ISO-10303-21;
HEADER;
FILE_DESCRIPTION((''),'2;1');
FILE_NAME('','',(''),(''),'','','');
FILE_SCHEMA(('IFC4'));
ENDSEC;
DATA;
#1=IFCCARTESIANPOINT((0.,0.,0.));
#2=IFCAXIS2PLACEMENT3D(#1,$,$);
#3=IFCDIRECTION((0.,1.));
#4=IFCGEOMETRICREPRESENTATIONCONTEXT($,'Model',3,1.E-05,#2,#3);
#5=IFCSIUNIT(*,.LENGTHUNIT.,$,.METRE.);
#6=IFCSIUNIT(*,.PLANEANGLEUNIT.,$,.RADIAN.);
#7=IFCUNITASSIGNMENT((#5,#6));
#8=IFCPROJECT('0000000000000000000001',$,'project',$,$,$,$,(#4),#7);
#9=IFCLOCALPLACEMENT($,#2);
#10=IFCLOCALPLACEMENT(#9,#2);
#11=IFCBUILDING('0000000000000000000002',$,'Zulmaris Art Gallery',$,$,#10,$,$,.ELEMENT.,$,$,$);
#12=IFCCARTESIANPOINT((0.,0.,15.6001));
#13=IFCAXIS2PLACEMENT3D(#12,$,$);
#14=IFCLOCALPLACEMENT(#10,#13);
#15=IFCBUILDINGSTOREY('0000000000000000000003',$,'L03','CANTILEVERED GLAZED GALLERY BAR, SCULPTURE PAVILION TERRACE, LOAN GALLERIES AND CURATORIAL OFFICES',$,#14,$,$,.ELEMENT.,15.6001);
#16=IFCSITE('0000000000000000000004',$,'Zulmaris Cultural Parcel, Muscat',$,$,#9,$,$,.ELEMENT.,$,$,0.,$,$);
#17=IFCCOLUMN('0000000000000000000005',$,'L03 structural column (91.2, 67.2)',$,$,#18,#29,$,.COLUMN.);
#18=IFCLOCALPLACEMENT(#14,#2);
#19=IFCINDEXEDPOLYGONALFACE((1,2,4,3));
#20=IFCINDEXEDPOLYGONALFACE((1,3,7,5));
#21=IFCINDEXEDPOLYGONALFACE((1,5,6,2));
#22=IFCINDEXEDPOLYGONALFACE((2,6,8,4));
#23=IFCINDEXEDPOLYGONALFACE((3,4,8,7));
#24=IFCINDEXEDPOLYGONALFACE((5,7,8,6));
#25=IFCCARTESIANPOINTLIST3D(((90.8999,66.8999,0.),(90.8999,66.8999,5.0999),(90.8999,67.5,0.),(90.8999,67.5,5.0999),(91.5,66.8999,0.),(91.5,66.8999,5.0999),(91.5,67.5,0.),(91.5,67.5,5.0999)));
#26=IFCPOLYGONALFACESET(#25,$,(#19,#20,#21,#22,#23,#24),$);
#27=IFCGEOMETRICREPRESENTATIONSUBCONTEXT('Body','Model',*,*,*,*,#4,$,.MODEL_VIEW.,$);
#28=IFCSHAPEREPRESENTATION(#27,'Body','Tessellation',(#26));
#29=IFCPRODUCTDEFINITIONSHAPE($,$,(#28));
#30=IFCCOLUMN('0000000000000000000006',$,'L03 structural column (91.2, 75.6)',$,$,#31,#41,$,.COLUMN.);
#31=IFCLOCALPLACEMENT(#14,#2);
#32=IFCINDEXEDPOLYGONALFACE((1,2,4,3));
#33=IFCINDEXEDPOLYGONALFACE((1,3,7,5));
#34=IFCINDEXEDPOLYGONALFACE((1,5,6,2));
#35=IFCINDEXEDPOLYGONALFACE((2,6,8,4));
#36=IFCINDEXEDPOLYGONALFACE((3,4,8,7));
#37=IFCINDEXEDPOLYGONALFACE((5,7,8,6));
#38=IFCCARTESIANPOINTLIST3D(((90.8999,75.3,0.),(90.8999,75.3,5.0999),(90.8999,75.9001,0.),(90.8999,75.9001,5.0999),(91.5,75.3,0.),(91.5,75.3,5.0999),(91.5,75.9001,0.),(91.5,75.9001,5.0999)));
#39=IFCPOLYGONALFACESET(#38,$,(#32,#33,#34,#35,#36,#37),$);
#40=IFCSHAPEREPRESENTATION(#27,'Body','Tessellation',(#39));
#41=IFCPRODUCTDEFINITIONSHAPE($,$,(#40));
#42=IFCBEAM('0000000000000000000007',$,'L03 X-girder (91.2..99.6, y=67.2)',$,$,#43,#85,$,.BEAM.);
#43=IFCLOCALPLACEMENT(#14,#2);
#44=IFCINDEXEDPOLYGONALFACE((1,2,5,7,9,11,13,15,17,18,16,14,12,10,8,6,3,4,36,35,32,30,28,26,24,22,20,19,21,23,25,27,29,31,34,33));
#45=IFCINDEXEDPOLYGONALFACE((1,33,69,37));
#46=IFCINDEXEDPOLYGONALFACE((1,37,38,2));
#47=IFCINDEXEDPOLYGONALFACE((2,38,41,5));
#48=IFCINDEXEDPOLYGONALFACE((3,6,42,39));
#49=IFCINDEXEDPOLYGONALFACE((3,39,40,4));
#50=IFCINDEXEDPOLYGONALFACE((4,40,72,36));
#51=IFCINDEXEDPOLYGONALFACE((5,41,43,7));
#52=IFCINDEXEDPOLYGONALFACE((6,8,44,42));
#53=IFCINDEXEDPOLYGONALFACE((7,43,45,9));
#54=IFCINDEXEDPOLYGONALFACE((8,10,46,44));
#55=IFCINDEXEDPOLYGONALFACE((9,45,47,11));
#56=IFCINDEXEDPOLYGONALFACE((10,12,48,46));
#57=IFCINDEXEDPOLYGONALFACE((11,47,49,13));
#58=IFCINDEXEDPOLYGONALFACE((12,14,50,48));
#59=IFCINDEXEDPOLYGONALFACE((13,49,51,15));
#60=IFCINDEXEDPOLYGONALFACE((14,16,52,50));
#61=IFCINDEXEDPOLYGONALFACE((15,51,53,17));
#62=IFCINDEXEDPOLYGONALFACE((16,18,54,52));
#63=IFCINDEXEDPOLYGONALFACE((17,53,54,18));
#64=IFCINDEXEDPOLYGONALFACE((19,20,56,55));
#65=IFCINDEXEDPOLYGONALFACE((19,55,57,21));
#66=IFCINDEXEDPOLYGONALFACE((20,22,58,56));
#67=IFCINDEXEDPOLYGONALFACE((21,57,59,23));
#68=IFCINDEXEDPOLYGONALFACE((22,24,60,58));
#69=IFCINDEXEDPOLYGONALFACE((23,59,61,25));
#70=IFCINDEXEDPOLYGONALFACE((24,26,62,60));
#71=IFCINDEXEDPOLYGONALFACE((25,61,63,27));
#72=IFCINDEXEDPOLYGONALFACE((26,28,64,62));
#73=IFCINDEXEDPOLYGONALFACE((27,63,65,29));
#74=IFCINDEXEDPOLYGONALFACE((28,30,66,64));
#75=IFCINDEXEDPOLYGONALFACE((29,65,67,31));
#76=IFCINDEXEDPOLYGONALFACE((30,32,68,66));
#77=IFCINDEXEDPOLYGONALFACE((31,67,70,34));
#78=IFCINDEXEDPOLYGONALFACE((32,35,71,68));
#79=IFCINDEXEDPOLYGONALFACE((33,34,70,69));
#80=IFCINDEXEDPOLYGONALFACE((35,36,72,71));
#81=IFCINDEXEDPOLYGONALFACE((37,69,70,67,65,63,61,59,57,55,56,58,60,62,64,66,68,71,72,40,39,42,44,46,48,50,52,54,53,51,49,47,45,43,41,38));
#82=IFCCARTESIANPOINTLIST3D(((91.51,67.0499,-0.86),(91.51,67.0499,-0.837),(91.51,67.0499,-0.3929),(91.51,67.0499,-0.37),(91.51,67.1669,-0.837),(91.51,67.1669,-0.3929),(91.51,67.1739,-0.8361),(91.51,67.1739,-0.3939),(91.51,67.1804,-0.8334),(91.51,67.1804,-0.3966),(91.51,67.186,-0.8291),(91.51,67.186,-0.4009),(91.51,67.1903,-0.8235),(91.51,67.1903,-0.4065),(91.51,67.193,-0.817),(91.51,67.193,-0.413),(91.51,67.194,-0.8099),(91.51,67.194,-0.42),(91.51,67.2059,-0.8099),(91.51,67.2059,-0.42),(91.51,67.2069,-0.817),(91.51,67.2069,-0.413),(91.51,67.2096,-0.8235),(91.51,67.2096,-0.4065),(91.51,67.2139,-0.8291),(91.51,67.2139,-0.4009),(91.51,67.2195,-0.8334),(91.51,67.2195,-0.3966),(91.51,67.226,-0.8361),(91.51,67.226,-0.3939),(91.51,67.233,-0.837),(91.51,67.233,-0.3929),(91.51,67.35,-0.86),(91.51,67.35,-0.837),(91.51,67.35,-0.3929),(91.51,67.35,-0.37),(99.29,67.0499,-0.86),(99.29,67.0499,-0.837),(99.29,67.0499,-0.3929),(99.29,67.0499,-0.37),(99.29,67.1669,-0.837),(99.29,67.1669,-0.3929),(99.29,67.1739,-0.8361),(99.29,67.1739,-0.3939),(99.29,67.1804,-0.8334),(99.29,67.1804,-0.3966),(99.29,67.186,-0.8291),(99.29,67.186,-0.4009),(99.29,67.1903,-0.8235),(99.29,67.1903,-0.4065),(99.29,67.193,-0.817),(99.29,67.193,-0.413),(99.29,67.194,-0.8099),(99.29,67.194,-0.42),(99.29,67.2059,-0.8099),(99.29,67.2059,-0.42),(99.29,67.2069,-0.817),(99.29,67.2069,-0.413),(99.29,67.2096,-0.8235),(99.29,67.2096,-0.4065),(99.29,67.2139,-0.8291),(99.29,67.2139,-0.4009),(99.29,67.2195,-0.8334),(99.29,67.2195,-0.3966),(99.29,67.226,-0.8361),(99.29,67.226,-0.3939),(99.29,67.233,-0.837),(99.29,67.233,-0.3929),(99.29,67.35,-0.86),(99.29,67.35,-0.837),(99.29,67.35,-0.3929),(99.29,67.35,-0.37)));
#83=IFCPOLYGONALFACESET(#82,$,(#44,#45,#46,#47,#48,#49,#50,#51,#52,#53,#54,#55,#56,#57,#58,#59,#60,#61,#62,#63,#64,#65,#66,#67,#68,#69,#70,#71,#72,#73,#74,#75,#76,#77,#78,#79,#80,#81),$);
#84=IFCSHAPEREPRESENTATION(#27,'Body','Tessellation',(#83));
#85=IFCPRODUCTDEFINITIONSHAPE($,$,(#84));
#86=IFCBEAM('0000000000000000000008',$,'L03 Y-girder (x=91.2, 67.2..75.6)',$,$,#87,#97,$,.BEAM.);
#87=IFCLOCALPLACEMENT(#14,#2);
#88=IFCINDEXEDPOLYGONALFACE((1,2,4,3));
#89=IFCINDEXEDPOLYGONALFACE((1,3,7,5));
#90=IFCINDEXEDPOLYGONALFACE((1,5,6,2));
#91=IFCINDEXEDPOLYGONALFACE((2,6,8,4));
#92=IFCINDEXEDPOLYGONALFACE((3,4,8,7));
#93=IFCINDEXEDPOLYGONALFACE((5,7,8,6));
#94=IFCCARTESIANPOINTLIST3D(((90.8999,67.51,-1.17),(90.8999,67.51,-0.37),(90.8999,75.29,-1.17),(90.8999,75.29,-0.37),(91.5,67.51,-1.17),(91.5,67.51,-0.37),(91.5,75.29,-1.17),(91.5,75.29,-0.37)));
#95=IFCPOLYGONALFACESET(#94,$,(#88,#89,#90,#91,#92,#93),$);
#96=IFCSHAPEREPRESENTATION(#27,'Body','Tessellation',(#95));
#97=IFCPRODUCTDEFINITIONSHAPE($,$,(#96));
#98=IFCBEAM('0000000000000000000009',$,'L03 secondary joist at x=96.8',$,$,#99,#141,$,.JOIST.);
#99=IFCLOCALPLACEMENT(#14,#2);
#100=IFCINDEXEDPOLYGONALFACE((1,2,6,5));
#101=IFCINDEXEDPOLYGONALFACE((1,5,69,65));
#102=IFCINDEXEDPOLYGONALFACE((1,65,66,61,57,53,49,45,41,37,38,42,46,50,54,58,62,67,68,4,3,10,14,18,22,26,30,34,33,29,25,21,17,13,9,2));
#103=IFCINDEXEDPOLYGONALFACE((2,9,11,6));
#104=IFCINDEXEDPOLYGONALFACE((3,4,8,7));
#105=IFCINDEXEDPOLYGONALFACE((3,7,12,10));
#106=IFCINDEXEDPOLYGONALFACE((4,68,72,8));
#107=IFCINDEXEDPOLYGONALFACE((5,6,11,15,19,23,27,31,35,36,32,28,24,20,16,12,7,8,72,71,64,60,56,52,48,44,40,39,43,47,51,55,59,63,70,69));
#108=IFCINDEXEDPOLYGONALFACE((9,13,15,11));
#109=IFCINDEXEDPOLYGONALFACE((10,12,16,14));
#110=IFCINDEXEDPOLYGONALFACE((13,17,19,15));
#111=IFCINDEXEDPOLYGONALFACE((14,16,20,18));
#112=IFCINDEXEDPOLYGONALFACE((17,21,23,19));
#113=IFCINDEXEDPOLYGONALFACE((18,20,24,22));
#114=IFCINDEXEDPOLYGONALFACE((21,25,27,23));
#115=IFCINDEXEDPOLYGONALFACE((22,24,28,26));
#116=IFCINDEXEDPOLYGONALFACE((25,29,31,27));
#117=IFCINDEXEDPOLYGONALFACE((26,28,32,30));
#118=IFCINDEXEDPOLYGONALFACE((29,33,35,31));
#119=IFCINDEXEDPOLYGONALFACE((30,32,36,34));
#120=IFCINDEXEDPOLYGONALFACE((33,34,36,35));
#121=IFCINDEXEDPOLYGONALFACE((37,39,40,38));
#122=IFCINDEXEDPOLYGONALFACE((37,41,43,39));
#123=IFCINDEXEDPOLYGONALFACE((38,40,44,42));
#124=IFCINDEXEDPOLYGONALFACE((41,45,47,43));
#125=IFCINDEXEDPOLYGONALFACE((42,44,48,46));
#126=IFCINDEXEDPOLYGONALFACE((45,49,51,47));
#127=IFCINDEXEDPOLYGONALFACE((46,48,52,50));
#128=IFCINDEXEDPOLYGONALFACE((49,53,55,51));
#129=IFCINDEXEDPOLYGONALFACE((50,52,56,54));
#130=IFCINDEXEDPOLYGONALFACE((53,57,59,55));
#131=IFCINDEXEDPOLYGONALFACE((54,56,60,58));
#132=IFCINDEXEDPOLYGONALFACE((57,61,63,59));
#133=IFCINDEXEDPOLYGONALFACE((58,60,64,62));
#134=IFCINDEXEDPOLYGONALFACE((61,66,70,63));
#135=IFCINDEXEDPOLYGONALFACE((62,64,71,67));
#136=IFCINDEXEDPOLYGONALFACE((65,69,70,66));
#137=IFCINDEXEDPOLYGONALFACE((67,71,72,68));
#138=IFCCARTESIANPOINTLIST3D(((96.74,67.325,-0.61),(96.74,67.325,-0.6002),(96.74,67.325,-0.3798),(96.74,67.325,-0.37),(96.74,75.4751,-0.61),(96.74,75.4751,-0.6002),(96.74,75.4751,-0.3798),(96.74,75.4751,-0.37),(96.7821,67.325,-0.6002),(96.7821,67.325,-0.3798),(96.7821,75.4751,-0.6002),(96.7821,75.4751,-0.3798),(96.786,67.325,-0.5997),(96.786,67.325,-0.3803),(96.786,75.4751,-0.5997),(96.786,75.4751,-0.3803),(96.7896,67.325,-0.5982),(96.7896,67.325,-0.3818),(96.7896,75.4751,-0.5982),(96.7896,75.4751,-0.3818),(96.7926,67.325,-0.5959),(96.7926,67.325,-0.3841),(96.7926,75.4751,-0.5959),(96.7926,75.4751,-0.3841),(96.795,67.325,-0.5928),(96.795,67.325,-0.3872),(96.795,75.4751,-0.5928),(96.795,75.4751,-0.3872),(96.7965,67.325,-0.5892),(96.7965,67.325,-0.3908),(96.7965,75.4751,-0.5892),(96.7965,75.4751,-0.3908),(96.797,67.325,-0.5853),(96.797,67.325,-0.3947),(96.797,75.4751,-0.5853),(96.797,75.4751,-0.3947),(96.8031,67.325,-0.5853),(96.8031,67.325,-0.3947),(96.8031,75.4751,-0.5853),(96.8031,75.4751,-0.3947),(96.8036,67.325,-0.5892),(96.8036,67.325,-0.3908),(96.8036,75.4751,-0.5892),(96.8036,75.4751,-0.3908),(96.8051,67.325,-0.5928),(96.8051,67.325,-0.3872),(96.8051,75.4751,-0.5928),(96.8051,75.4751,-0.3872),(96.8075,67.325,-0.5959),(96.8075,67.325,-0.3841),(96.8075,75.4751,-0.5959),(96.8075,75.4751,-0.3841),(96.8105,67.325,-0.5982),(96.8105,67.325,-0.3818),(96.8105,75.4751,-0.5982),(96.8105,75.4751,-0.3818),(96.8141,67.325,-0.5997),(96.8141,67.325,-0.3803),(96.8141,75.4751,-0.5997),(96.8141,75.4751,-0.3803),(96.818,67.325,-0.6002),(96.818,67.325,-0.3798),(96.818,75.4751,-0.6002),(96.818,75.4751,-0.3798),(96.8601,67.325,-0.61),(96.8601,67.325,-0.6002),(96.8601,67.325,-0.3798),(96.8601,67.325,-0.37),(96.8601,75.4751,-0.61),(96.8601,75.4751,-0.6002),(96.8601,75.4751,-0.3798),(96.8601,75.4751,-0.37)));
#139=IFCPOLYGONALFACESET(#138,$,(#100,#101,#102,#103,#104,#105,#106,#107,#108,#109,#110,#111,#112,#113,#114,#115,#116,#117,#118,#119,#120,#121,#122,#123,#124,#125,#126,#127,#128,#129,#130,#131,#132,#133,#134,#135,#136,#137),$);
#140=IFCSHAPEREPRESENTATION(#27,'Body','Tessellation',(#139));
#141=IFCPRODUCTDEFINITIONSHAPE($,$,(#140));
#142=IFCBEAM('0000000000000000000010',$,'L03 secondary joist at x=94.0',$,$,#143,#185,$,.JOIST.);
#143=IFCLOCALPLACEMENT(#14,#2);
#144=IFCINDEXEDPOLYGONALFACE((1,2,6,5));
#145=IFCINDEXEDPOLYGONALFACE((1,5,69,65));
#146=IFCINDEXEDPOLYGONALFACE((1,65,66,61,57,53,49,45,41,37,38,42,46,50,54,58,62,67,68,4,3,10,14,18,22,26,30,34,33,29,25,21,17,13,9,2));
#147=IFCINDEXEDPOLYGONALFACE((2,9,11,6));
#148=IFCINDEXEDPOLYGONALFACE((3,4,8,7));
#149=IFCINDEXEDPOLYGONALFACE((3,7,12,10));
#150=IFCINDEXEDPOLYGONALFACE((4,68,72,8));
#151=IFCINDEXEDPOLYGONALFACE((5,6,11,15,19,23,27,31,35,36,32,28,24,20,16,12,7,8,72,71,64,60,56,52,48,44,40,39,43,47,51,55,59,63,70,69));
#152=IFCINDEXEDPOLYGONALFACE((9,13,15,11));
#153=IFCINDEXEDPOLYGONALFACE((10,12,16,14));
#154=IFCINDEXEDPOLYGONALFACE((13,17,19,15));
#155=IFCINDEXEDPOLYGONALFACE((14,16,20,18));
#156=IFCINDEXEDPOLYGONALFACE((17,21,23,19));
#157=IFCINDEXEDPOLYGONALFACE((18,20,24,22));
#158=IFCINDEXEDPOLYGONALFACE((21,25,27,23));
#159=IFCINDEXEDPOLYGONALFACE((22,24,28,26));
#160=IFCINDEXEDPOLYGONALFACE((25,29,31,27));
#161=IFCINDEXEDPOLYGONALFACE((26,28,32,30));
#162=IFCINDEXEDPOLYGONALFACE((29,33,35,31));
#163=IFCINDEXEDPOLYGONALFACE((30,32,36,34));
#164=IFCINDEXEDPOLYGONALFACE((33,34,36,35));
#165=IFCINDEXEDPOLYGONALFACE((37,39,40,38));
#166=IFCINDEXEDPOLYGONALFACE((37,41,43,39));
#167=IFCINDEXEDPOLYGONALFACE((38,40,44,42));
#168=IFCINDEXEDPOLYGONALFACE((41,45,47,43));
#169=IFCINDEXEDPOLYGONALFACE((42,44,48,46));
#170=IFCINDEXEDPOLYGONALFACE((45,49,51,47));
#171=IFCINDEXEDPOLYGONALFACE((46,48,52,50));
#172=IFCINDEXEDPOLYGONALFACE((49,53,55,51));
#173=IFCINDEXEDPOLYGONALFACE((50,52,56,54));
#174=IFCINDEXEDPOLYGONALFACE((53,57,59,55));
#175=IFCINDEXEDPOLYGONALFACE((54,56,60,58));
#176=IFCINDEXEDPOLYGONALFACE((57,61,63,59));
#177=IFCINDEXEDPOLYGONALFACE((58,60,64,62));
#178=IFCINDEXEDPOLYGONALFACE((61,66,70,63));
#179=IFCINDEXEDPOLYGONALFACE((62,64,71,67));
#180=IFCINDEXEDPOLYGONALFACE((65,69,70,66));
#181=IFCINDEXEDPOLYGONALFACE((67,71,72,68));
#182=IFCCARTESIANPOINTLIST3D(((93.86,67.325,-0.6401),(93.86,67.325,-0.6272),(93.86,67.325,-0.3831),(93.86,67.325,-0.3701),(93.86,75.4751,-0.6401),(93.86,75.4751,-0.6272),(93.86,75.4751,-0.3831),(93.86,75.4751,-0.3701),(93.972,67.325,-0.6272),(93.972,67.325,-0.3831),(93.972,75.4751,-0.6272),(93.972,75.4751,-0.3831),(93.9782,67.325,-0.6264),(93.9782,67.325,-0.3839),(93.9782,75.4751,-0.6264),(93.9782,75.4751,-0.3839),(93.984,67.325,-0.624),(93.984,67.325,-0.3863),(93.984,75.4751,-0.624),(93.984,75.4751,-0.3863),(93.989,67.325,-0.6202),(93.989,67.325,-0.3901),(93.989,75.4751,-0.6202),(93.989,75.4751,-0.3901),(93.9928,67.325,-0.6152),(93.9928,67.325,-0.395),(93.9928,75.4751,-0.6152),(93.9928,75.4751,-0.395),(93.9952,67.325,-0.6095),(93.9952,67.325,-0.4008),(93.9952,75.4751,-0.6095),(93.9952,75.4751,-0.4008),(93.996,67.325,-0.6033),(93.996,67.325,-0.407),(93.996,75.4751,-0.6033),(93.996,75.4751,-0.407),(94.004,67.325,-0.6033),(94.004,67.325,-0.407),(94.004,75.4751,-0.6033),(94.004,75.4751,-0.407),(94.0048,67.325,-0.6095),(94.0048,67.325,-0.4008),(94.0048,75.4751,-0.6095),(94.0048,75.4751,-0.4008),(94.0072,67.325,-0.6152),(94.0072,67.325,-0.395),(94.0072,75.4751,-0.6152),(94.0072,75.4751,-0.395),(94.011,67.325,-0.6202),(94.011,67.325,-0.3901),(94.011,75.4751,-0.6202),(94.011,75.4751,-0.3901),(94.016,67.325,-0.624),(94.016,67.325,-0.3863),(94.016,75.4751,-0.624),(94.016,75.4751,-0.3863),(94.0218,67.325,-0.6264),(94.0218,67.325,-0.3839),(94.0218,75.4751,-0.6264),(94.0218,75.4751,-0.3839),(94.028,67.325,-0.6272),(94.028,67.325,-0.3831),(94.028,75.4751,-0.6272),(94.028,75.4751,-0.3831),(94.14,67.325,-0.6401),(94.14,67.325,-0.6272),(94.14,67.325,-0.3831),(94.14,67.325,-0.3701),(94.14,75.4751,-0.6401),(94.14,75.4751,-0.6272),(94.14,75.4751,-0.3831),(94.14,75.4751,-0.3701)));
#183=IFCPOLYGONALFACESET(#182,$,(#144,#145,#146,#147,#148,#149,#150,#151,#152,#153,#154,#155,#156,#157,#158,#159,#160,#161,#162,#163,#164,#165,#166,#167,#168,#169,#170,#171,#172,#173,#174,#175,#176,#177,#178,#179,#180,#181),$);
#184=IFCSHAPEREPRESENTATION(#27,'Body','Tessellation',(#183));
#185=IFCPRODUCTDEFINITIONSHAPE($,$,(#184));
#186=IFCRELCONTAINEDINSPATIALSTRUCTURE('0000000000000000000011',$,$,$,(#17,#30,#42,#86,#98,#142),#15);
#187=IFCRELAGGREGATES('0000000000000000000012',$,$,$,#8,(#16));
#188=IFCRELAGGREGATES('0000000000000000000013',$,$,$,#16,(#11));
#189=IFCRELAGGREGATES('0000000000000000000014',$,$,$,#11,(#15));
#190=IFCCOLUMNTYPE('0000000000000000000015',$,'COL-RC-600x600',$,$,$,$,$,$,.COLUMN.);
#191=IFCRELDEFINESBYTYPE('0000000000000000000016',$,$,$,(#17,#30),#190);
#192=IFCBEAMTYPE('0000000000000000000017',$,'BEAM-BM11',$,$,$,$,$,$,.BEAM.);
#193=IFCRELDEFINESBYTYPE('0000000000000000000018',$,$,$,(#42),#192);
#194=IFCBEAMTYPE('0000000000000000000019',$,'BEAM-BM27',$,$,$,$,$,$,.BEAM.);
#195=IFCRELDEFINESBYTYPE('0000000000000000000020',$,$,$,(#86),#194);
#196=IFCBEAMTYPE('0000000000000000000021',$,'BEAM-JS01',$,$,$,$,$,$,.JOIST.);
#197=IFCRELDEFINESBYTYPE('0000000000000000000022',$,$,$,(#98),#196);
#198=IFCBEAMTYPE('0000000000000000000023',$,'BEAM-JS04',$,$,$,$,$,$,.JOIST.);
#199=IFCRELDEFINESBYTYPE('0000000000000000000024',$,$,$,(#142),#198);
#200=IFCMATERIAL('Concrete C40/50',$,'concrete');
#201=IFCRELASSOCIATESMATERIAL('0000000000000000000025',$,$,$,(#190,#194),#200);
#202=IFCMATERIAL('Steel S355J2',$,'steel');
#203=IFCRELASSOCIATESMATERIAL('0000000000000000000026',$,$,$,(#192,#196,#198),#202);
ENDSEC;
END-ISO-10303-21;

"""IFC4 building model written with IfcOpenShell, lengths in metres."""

from ifc_helpers import new_model, si_unit, direction, frame, origin, origin_2d, place, context, subcontext, project, spatial, rectangle, i_section, extrude, material, material_profile, profile_set, type_object, element, save


model = new_model("IFC4")

# Units and contexts
model_context = context("Model", 3, precision=1e-05, world=origin(), true_north=direction((0.0, 1.0)))
body_context = subcontext(model_context, "Body", "Model", "MODEL_VIEW")
ifc_project = project(units=[si_unit("LENGTHUNIT", "METRE"), si_unit("PLANEANGLEUNIT", "RADIAN")], contexts=[model_context])

# Site, building, storey
site_placement = place(None, origin())
site = spatial("IfcSite", under=ifc_project, at=site_placement, Name="Zulmaris Cultural Parcel, Muscat", CompositionType="ELEMENT", RefElevation=0.0)
building_placement = place(site_placement, origin())
building = spatial("IfcBuilding", under=site, at=building_placement, Name="Zulmaris Art Gallery", CompositionType="ELEMENT")
storey_placement = place(building_placement, frame((0.0, 0.0, 15.6001)))
storey = spatial("IfcBuildingStorey", under=building, at=storey_placement, Name="L03", Description="CANTILEVERED GLAZED GALLERY BAR, SCULPTURE PAVILION TERRACE, LOAN GALLERIES AND CURATORIAL OFFICES", CompositionType="ELEMENT", Elevation=15.6001)

# Columns
ifc_material_1 = material(Name="Concrete C40/50", Category="concrete")
ifc_material_profile_1 = material_profile(ifc_material_1, rectangle(XDim=0.6001, YDim=0.6001, at=origin_2d()), Name="RC 600x600")
ifc_profile_set_1 = profile_set([ifc_material_profile_1], Name="Concrete C40/50")
column_type = type_object("IfcColumnType", Name="COL-RC-600x600", PredefinedType="COLUMN", material=ifc_profile_set_1)
for number, where, z_axis, x_axis, name in (
    (1, (91.2, 67.2, 0.0), (0.0, 0.0, 1.0), (1.0, 0.0, 0.0), "L03 structural column (91.2, 67.2)"),
    (2, (91.2, 75.6001, 0.0), (0.0, 0.0, 1.0), (1.0, 0.0, 0.0), "L03 structural column (91.2, 75.6)"),
):
    element("IfcColumn", number, at=place(storey_placement, frame(where, z_axis=z_axis, x_axis=x_axis)), inside=storey, type_object=column_type, Name=name, PredefinedType="COLUMN", context=body_context, shape_type="SweptSolid", body=[
        extrude(rectangle(XDim=0.6001, YDim=0.6001, at=origin_2d()), origin(), (0.0, 0.0, 1.0), 5.0999),
    ])

# Beams
ifc_material_2 = material(Name="Steel S355J2", Category="steel")
ifc_material_profile_2 = material_profile(ifc_material_2, i_section(OverallWidth=0.3, OverallDepth=0.49, WebThickness=0.012, FlangeThickness=0.0229, FilletRadius=0.0271, at=origin_2d()), Name="HEA 500")
ifc_profile_set_2 = profile_set([ifc_material_profile_2], Name="Steel S355J2")
beam_type_1 = type_object("IfcBeamType", Name="BEAM-BM11", PredefinedType="BEAM", material=ifc_profile_set_2)
beam_1_placement = place(storey_placement, frame((91.51, 67.2, -0.615), z_axis=(1.0, 0.0, 0.0), x_axis=(0.0, 1.0, 0.0)))
element("IfcBeam", 3, at=beam_1_placement, inside=storey, type_object=beam_type_1, Name="L03 X-girder (91.2..99.6, y=67.2)", PredefinedType="BEAM", context=body_context, shape_type="SweptSolid", body=[
    extrude(i_section(OverallWidth=0.3, OverallDepth=0.49, WebThickness=0.012, FlangeThickness=0.0229, FilletRadius=0.0271, at=origin_2d()), origin(), (0.0, 0.0, 1.0), 7.78),
])
ifc_material_profile_3 = material_profile(ifc_material_1, rectangle(XDim=0.6001, YDim=0.8, at=origin_2d()), Name="RC 600x800")
ifc_profile_set_3 = profile_set([ifc_material_profile_3], Name="Concrete C40/50")
beam_type_2 = type_object("IfcBeamType", Name="BEAM-BM27", PredefinedType="BEAM", material=ifc_profile_set_3)
beam_2_placement = place(storey_placement, frame((91.2, 67.51, -0.77), z_axis=(0.0, 1.0, 0.0), x_axis=(-1.0, 0.0, 0.0)))
element("IfcBeam", 4, at=beam_2_placement, inside=storey, type_object=beam_type_2, Name="L03 Y-girder (x=91.2, 67.2..75.6)", PredefinedType="BEAM", context=body_context, shape_type="SweptSolid", body=[
    extrude(rectangle(XDim=0.6001, YDim=0.8, at=origin_2d()), origin(), (0.0, 0.0, 1.0), 7.78),
])
ifc_material_profile_4 = material_profile(ifc_material_2, i_section(OverallWidth=0.1201, OverallDepth=0.24, WebThickness=0.0061, FlangeThickness=0.0098, FilletRadius=0.0149, at=origin_2d()), Name="IPE 240")
ifc_profile_set_4 = profile_set([ifc_material_profile_4], Name="Steel S355J2")
beam_type_3 = type_object("IfcBeamType", Name="BEAM-JS01", PredefinedType="JOIST", material=ifc_profile_set_4)
beam_3_placement = place(storey_placement, frame((96.8, 67.325, -0.49), z_axis=(0.0, 1.0, 0.0), x_axis=(-1.0, 0.0, 0.0)))
element("IfcBeam", 5, at=beam_3_placement, inside=storey, type_object=beam_type_3, Name="L03 secondary joist at x=96.8", PredefinedType="JOIST", context=body_context, shape_type="SweptSolid", body=[
    extrude(i_section(OverallWidth=0.1201, OverallDepth=0.24, WebThickness=0.0061, FlangeThickness=0.0098, FilletRadius=0.0149, at=origin_2d()), origin(), (0.0, 0.0, 1.0), 8.1501),
])
ifc_material_profile_5 = material_profile(ifc_material_2, i_section(OverallWidth=0.28, OverallDepth=0.27, WebThickness=0.0081, FlangeThickness=0.0129, FilletRadius=0.0239, at=origin_2d()), Name="HEA 280")
ifc_profile_set_5 = profile_set([ifc_material_profile_5], Name="Steel S355J2")
beam_type_4 = type_object("IfcBeamType", Name="BEAM-JS04", PredefinedType="JOIST", material=ifc_profile_set_5)
beam_4_placement = place(storey_placement, frame((94.0, 67.325, -0.5051), z_axis=(0.0, 1.0, 0.0), x_axis=(-1.0, 0.0, 0.0)))
element("IfcBeam", 6, at=beam_4_placement, inside=storey, type_object=beam_type_4, Name="L03 secondary joist at x=94.0", PredefinedType="JOIST", context=body_context, shape_type="SweptSolid", body=[
    extrude(i_section(OverallWidth=0.28, OverallDepth=0.27, WebThickness=0.0081, FlangeThickness=0.0129, FilletRadius=0.0239, at=origin_2d()), origin(), (0.0, 0.0, 1.0), 8.1501),
])

save(model, "model.ifc")
